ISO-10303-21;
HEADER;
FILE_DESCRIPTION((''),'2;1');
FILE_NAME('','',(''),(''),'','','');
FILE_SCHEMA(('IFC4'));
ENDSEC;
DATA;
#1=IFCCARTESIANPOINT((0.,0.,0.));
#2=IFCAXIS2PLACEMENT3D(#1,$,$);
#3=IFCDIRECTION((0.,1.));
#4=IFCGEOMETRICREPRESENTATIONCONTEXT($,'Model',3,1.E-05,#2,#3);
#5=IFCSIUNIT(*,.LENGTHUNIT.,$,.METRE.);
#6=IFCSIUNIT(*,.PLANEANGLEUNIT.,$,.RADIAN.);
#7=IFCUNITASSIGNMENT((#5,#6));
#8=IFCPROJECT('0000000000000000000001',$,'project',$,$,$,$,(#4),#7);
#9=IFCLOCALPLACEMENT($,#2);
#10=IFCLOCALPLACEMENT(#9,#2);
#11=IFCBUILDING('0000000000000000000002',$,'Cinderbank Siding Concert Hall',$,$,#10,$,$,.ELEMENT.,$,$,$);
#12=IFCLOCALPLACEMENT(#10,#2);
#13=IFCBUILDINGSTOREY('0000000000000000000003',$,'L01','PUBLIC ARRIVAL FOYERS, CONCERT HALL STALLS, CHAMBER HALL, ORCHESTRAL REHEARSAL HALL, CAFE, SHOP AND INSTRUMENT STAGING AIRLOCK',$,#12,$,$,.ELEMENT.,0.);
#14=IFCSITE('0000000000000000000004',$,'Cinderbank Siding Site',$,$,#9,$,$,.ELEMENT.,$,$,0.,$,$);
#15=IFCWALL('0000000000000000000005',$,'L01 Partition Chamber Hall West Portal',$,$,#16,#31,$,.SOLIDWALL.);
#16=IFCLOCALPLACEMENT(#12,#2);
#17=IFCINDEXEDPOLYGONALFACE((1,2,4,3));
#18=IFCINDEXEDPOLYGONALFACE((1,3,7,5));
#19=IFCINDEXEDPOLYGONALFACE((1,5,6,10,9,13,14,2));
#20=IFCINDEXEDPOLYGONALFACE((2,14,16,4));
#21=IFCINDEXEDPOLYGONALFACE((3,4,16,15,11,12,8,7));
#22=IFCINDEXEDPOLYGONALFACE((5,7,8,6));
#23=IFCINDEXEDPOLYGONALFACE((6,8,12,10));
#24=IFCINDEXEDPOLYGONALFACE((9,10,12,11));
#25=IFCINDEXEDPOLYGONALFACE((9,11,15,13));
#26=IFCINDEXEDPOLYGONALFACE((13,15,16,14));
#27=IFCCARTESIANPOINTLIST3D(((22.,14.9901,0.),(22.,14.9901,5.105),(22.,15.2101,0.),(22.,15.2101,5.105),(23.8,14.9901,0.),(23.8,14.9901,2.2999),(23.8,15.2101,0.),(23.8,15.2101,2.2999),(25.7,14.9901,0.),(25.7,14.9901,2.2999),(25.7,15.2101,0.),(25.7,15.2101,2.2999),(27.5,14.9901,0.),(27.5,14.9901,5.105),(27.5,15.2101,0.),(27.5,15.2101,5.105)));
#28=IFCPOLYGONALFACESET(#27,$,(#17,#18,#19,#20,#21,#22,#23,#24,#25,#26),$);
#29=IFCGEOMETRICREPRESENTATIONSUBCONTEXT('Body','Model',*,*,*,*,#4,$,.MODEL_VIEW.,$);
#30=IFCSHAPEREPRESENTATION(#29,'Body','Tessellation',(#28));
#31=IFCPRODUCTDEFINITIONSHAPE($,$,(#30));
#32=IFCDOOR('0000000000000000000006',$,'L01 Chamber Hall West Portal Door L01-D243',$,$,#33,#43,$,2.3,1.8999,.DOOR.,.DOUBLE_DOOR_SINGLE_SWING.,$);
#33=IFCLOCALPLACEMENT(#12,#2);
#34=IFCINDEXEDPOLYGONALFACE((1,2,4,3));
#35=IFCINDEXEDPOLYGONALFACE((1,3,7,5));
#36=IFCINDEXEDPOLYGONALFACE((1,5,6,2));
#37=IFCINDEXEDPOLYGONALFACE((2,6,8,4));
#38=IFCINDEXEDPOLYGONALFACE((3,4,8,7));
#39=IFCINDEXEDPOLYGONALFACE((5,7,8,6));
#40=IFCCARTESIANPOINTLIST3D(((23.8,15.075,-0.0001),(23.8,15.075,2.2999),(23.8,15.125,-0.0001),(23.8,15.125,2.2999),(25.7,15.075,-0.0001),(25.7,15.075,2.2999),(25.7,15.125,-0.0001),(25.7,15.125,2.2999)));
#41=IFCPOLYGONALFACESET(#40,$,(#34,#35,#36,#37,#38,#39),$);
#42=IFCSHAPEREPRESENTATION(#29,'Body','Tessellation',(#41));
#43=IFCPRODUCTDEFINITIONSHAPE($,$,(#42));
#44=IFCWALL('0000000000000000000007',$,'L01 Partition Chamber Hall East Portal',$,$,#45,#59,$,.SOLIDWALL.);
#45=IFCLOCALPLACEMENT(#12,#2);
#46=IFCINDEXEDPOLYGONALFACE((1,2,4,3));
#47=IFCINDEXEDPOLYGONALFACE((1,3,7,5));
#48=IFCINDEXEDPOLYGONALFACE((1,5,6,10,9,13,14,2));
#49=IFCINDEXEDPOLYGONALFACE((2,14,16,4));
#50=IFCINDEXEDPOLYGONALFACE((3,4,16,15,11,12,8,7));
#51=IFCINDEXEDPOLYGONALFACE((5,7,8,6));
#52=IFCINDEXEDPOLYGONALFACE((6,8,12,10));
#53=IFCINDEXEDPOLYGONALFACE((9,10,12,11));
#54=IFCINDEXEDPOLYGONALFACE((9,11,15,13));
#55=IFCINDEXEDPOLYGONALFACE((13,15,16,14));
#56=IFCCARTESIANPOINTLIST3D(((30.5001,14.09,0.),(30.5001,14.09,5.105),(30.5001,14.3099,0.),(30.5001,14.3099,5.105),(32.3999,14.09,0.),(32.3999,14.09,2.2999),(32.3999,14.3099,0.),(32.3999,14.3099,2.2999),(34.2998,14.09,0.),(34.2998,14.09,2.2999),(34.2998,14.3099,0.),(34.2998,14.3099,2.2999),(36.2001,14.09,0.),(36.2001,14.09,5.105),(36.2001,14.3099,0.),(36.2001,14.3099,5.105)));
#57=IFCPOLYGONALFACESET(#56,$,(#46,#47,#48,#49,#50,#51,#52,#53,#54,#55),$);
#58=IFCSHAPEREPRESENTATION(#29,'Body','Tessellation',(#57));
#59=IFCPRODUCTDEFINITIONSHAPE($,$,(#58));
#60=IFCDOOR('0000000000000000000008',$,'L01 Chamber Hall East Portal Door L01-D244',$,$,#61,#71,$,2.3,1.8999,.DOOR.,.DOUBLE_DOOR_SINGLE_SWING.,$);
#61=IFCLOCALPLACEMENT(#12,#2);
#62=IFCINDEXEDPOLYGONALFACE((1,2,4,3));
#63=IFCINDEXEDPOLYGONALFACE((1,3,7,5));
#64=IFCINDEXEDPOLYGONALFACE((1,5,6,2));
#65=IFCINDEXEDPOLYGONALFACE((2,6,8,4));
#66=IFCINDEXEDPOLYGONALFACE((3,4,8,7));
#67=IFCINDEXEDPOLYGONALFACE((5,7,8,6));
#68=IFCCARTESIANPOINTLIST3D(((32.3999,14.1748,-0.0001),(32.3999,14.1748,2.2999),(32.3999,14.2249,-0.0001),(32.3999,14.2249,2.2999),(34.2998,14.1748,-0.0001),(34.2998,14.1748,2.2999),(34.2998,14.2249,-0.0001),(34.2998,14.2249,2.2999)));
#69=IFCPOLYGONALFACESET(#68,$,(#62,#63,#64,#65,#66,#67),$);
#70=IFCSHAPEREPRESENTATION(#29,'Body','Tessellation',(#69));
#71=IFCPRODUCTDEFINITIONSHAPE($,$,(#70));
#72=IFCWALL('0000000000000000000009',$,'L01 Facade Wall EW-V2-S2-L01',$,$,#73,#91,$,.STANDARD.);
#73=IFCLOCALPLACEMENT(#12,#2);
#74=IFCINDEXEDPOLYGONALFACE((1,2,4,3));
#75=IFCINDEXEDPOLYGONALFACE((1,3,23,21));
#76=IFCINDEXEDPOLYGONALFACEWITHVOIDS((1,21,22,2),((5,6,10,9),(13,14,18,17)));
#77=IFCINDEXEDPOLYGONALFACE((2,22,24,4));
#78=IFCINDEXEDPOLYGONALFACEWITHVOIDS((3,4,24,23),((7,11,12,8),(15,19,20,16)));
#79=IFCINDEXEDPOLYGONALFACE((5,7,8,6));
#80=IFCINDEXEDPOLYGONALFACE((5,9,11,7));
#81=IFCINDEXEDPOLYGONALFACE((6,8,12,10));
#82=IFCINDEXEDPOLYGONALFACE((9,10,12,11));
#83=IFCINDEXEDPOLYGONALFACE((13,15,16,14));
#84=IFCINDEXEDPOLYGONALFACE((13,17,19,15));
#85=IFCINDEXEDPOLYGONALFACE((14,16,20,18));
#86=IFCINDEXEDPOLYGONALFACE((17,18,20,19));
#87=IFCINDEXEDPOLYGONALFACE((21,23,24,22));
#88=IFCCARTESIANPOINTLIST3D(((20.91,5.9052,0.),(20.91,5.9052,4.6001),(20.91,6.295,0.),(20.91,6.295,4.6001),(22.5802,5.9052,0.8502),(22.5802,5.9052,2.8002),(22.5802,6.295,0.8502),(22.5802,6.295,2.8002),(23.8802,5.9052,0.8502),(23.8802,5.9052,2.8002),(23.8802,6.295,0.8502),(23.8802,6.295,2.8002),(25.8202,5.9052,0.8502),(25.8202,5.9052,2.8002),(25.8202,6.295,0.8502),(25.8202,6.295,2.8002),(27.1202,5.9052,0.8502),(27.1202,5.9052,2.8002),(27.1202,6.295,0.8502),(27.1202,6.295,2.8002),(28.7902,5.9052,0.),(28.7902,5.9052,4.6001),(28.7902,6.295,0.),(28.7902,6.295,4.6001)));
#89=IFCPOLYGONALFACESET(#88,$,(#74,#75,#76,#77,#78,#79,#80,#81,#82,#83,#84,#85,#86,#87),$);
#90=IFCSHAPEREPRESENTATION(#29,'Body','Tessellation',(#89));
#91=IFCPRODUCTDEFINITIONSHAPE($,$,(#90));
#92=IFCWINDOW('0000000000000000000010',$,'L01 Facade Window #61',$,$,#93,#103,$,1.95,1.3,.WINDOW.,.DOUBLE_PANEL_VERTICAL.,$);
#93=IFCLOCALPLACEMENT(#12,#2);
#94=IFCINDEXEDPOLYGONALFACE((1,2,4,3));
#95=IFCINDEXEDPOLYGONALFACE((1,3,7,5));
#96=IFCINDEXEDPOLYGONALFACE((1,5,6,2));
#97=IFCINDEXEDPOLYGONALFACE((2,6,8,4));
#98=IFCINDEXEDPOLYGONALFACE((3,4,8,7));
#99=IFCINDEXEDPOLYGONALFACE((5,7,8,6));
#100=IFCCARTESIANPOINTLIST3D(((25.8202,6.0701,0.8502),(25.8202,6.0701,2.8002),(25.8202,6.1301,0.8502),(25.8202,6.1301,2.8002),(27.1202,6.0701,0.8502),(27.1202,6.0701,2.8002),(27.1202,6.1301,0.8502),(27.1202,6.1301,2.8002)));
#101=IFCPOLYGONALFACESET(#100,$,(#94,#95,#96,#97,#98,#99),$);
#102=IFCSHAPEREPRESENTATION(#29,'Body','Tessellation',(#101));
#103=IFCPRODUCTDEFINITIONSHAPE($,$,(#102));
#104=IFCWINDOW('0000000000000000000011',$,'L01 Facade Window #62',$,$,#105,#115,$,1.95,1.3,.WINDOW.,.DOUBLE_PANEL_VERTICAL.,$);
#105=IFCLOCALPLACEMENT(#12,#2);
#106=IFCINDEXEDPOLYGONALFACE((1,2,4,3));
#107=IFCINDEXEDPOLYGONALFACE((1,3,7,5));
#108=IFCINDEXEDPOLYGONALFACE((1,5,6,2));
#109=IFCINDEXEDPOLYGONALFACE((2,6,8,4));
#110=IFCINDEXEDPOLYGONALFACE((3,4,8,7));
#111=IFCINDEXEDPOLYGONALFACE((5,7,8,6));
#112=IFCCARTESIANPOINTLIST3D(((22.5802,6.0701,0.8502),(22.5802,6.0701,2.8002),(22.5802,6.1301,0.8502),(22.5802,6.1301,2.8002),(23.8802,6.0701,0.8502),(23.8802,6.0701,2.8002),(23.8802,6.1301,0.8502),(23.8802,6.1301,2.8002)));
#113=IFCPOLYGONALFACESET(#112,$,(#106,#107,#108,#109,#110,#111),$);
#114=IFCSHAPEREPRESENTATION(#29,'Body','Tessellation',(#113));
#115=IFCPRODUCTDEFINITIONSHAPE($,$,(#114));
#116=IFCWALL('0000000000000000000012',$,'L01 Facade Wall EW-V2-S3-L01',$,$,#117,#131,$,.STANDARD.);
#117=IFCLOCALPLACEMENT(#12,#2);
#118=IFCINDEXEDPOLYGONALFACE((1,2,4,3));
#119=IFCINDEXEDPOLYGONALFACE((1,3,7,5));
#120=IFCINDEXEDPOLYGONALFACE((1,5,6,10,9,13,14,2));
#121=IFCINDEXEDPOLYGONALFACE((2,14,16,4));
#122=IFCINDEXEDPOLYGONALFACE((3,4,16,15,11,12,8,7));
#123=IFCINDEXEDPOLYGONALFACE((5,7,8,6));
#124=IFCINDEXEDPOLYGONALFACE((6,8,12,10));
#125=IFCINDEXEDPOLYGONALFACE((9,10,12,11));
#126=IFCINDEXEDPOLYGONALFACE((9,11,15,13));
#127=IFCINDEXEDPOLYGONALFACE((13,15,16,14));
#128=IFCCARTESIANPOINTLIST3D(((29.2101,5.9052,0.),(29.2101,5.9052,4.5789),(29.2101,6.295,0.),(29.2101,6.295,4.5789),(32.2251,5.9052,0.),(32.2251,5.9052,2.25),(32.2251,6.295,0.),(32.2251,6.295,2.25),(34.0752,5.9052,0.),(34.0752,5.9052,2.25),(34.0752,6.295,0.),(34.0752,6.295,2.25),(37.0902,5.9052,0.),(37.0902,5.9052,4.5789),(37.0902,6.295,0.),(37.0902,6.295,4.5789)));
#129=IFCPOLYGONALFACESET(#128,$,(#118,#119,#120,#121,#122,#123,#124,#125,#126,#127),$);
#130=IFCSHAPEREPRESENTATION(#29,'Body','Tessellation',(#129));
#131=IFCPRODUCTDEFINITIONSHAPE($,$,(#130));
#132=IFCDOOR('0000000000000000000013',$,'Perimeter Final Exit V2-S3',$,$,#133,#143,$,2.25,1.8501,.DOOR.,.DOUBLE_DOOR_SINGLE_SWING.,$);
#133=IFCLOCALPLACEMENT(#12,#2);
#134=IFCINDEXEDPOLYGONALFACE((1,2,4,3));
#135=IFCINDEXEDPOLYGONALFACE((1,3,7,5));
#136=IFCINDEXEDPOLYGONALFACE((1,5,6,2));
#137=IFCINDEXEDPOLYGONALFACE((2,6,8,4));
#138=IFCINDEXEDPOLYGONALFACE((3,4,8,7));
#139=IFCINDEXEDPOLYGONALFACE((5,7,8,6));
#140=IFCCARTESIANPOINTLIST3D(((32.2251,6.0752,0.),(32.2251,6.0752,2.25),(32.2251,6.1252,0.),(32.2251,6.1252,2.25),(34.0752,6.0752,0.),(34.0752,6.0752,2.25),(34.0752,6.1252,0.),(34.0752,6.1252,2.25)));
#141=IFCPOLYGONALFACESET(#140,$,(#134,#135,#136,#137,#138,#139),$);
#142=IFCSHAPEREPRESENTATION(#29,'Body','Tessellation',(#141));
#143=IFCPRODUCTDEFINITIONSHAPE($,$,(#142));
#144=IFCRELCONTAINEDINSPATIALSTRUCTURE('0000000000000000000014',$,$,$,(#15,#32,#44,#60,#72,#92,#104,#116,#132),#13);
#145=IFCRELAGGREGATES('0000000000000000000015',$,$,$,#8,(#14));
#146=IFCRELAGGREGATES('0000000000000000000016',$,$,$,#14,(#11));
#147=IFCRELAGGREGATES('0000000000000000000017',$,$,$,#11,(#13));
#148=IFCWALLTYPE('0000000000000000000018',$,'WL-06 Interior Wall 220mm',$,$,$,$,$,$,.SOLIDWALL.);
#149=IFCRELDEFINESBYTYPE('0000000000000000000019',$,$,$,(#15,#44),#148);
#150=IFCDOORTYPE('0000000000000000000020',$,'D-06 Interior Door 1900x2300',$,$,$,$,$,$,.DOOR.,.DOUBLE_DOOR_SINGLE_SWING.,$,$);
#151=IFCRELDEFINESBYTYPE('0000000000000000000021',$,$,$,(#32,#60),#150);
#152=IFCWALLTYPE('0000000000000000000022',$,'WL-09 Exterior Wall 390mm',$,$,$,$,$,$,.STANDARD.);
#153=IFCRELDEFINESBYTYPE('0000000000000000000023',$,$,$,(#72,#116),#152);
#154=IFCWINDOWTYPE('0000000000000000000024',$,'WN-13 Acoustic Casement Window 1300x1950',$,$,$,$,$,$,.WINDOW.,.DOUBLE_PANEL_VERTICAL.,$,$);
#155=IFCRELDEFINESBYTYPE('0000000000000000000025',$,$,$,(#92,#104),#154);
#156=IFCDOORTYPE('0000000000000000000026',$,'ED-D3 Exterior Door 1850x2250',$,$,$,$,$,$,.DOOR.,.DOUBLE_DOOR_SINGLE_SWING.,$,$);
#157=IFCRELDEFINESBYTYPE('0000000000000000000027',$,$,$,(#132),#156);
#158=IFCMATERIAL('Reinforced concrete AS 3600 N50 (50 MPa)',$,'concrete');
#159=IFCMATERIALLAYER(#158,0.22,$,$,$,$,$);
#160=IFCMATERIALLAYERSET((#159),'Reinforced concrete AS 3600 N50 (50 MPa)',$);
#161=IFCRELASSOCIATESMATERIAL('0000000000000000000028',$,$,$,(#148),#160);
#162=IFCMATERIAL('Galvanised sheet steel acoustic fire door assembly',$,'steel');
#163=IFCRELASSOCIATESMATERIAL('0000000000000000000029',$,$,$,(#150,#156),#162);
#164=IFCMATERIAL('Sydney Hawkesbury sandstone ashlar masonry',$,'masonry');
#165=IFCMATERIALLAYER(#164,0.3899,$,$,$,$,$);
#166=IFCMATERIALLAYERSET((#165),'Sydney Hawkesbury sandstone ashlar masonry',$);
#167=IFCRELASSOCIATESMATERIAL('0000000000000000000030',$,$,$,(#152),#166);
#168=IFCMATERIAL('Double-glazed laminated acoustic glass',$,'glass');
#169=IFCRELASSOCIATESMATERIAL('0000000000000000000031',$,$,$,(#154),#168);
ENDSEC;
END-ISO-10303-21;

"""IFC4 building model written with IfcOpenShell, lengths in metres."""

from ifc_helpers import new_model, si_unit, direction, frame, frame_2d, origin, place, context, subcontext, project, spatial, rectangle, extrude, material, layer, layer_set, type_object, element, fill, save


model = new_model("IFC4")

# Units and contexts
model_context = context("Model", 3, precision=1e-05, world=origin(), true_north=direction((0.0, 1.0)))
body_context = subcontext(model_context, "Body", "Model", "MODEL_VIEW")
ifc_project = project(units=[si_unit("LENGTHUNIT", "METRE"), si_unit("PLANEANGLEUNIT", "RADIAN")], contexts=[model_context])

# Site, building, storey
site_placement = place(None, origin())
site = spatial("IfcSite", under=ifc_project, at=site_placement, Name="Cinderbank Siding Site", CompositionType="ELEMENT", RefElevation=0.0)
building_placement = place(site_placement, origin())
building = spatial("IfcBuilding", under=site, at=building_placement, Name="Cinderbank Siding Concert Hall", CompositionType="ELEMENT")
storey_placement = place(building_placement, origin())
storey = spatial("IfcBuildingStorey", under=building, at=storey_placement, Name="L01", Description="PUBLIC ARRIVAL FOYERS, CONCERT HALL STALLS, CHAMBER HALL, ORCHESTRAL REHEARSAL HALL, CAFE, SHOP AND INSTRUMENT STAGING AIRLOCK", CompositionType="ELEMENT", Elevation=0.0)

# Shared definitions
ifc_material_1 = material(Name="Reinforced concrete AS 3600 N50 (50 MPa)", Category="concrete")

# Shared definitions
ifc_layer_1 = layer(ifc_material_1, 0.22)
ifc_layer_set_1 = layer_set([ifc_layer_1], Name="Reinforced concrete AS 3600 N50 (50 MPa)")
wall_type_1 = type_object("IfcWallType", Name="WL-06 Interior Wall 220mm", PredefinedType="SOLIDWALL", material=ifc_layer_set_1)

# Walls, openings, doors
wall_1_placement = place(storey_placement, frame((22.0, 15.1001, 0.0), z_axis=(0.0, 0.0, 1.0), x_axis=(1.0, 0.0, 0.0)))
wall_1 = element("IfcWall", 1, at=wall_1_placement, inside=storey, type_object=wall_type_1, Name="L01 Partition Chamber Hall West Portal", PredefinedType="SOLIDWALL", context=body_context, shape_type="SweptSolid", body=[
    extrude(rectangle(XDim=5.5, YDim=0.22, at=frame_2d((2.75, 0.0))), origin(), (0.0, 0.0, 1.0), 5.105),
])
opening_1_placement = place(wall_1_placement, frame((1.8, 0.0, 0.0)))
opening_1 = element("IfcOpeningElement", 2, at=opening_1_placement, cuts=wall_1, PredefinedType="OPENING", context=body_context, shape_type="SweptSolid", body=[
    extrude(rectangle(XDim=1.8999, YDim=2.3, at=frame_2d((0.95, 1.1499))), frame((0.0, 0.1221, 0.0), z_axis=(0.0, -1.0, 0.0), x_axis=(1.0, 0.0, 0.0)), (0.0, 0.0, 1.0), 0.2439),
])
ifc_material_2 = material(Name="Galvanised sheet steel acoustic fire door assembly", Category="steel")
door_type_1 = type_object("IfcDoorType", Name="D-06 Interior Door 1900x2300", OperationType="DOUBLE_DOOR_SINGLE_SWING", PredefinedType="DOOR", material=ifc_material_2)
door_1_placement = place(opening_1_placement, origin())
door_1 = element("IfcDoor", 3, at=door_1_placement, inside=storey, type_object=door_type_1, Name="L01 Chamber Hall West Portal Door L01-D243", OperationType="DOUBLE_DOOR_SINGLE_SWING", OverallHeight=2.3, OverallWidth=1.8999, PredefinedType="DOOR", context=body_context, shape_type="SweptSolid", body=[
    extrude(rectangle(XDim=1.8999, YDim=2.3, at=frame_2d((0.95, 1.1499))), frame((0.0, 0.0249, 0.0), z_axis=(0.0, -1.0, 0.0), x_axis=(1.0, 0.0, 0.0)), (0.0, 0.0, 1.0), 0.05),
])
fill(opening_1, door_1)
wall_2_placement = place(storey_placement, frame((30.5, 14.2, 0.0), z_axis=(0.0, 0.0, 1.0), x_axis=(1.0, 0.0, 0.0)))
wall_2 = element("IfcWall", 4, at=wall_2_placement, inside=storey, type_object=wall_type_1, Name="L01 Partition Chamber Hall East Portal", PredefinedType="SOLIDWALL", context=body_context, shape_type="SweptSolid", body=[
    extrude(rectangle(XDim=5.7, YDim=0.22, at=frame_2d((2.8501, 0.0))), origin(), (0.0, 0.0, 1.0), 5.105),
])
opening_2_placement = place(wall_2_placement, frame((1.8999, 0.0, 0.0)))
opening_2 = element("IfcOpeningElement", 5, at=opening_2_placement, cuts=wall_2, PredefinedType="OPENING", context=body_context, shape_type="SweptSolid", body=[
    extrude(rectangle(XDim=1.8999, YDim=2.3, at=frame_2d((0.95, 1.1499))), frame((0.0, 0.1221, 0.0), z_axis=(0.0, -1.0, 0.0), x_axis=(1.0, 0.0, 0.0)), (0.0, 0.0, 1.0), 0.2439),
])
door_2_placement = place(opening_2_placement, origin())
door_2 = element("IfcDoor", 6, at=door_2_placement, inside=storey, type_object=door_type_1, Name="L01 Chamber Hall East Portal Door L01-D244", OperationType="DOUBLE_DOOR_SINGLE_SWING", OverallHeight=2.3, OverallWidth=1.8999, PredefinedType="DOOR", context=body_context, shape_type="SweptSolid", body=[
    extrude(rectangle(XDim=1.8999, YDim=2.3, at=frame_2d((0.95, 1.1499))), frame((0.0, 0.0249, 0.0), z_axis=(0.0, -1.0, 0.0), x_axis=(1.0, 0.0, 0.0)), (0.0, 0.0, 1.0), 0.05),
])
fill(opening_2, door_2)

# Wall, openings, windows
ifc_material_3 = material(Name="Sydney Hawkesbury sandstone ashlar masonry", Category="masonry")
ifc_layer_2 = layer(ifc_material_3, 0.3899)
ifc_layer_set_2 = layer_set([ifc_layer_2], Name="Sydney Hawkesbury sandstone ashlar masonry")
wall_type_2 = type_object("IfcWallType", Name="WL-09 Exterior Wall 390mm", PredefinedType="STANDARD", material=ifc_layer_set_2)
wall_3_placement = place(storey_placement, frame((28.79, 6.1001, 0.0), z_axis=(0.0, 0.0, 1.0), x_axis=(-1.0, 0.0, 0.0)))
wall_3 = element("IfcWall", 7, at=wall_3_placement, inside=storey, type_object=wall_type_2, Name="L01 Facade Wall EW-V2-S2-L01", PredefinedType="STANDARD", context=body_context, shape_type="SweptSolid", body=[
    extrude(rectangle(XDim=7.8801, YDim=0.3899, at=frame_2d((3.9399, 0.0))), origin(), (0.0, 0.0, 1.0), 4.6001),
])
opening_3_placement = place(wall_3_placement, frame((1.6699, 0.0, 0.8501)))
opening_3 = element("IfcOpeningElement", 8, at=opening_3_placement, cuts=wall_3, PredefinedType="OPENING", context=body_context, shape_type="SweptSolid", body=[
    extrude(rectangle(XDim=1.3, YDim=1.95, at=frame_2d((0.6499, 0.9751))), frame((0.0, 0.207, 0.0), z_axis=(0.0, -1.0, 0.0), x_axis=(1.0, 0.0, 0.0)), (0.0, 0.0, 1.0), 0.4138),
])
opening_4_placement = place(wall_3_placement, frame((4.9099, 0.0, 0.8501)))
opening_4 = element("IfcOpeningElement", 9, at=opening_4_placement, cuts=wall_3, PredefinedType="OPENING", context=body_context, shape_type="SweptSolid", body=[
    extrude(rectangle(XDim=1.3, YDim=1.95, at=frame_2d((0.6499, 0.9751))), frame((0.0, 0.207, 0.0), z_axis=(0.0, -1.0, 0.0), x_axis=(1.0, 0.0, 0.0)), (0.0, 0.0, 1.0), 0.4138),
])
ifc_material_4 = material(Name="Double-glazed laminated acoustic glass", Category="glass")
window_type = type_object("IfcWindowType", Name="WN-13 Acoustic Casement Window 1300x1950", PartitioningType="DOUBLE_PANEL_VERTICAL", PredefinedType="WINDOW", material=ifc_material_4)
window_1_placement = place(opening_3_placement, origin())
window_1 = element("IfcWindow", 10, at=window_1_placement, inside=storey, type_object=window_type, Name="L01 Facade Window #61", OverallHeight=1.95, OverallWidth=1.3, PartitioningType="DOUBLE_PANEL_VERTICAL", PredefinedType="WINDOW", context=body_context, shape_type="SweptSolid", body=[
    extrude(rectangle(XDim=1.3, YDim=1.95, at=frame_2d((0.6499, 0.9751))), frame((0.0, 0.03, 0.0), z_axis=(0.0, -1.0, 0.0), x_axis=(1.0, 0.0, 0.0)), (0.0, 0.0, 1.0), 0.0601),
])
fill(opening_3, window_1)
window_2_placement = place(opening_4_placement, origin())
window_2 = element("IfcWindow", 11, at=window_2_placement, inside=storey, type_object=window_type, Name="L01 Facade Window #62", OverallHeight=1.95, OverallWidth=1.3, PartitioningType="DOUBLE_PANEL_VERTICAL", PredefinedType="WINDOW", context=body_context, shape_type="SweptSolid", body=[
    extrude(rectangle(XDim=1.3, YDim=1.95, at=frame_2d((0.6499, 0.9751))), frame((0.0, 0.03, 0.0), z_axis=(0.0, -1.0, 0.0), x_axis=(1.0, 0.0, 0.0)), (0.0, 0.0, 1.0), 0.0601),
])
fill(opening_4, window_2)

# Wall, opening, door
wall_4_placement = place(storey_placement, frame((37.0901, 6.1001, 0.0), z_axis=(0.0, 0.0, 1.0), x_axis=(-1.0, 0.0, 0.0)))
wall_4 = element("IfcWall", 12, at=wall_4_placement, inside=storey, type_object=wall_type_2, Name="L01 Facade Wall EW-V2-S3-L01", PredefinedType="STANDARD", context=body_context, shape_type="SweptSolid", body=[
    extrude(rectangle(XDim=7.8801, YDim=0.3899, at=frame_2d((3.9399, 0.0))), origin(), (0.0, 0.0, 1.0), 4.5789),
])
opening_5_placement = place(wall_4_placement, frame((3.0149, 0.0, 0.0)))
opening_5 = element("IfcOpeningElement", 13, at=opening_5_placement, cuts=wall_4, PredefinedType="OPENING", context=body_context, shape_type="SweptSolid", body=[
    extrude(rectangle(XDim=1.8501, YDim=2.25, at=frame_2d((0.925, 1.125))), frame((0.0, 0.207, 0.0), z_axis=(0.0, -1.0, 0.0), x_axis=(1.0, 0.0, 0.0)), (0.0, 0.0, 1.0), 0.4138),
])
door_type_2 = type_object("IfcDoorType", Name="ED-D3 Exterior Door 1850x2250", OperationType="DOUBLE_DOOR_SINGLE_SWING", PredefinedType="DOOR", material=ifc_material_2)
door_3_placement = place(opening_5_placement, origin())
door_3 = element("IfcDoor", 14, at=door_3_placement, inside=storey, type_object=door_type_2, Name="Perimeter Final Exit V2-S3", OperationType="DOUBLE_DOOR_SINGLE_SWING", OverallHeight=2.25, OverallWidth=1.8501, PredefinedType="DOOR", context=body_context, shape_type="SweptSolid", body=[
    extrude(rectangle(XDim=1.8501, YDim=2.25, at=frame_2d((0.925, 1.125))), frame((0.0, 0.0249, 0.0), z_axis=(0.0, -1.0, 0.0), x_axis=(1.0, 0.0, 0.0)), (0.0, 0.0, 1.0), 0.05),
])
fill(opening_5, door_3)

save(model, "model.ifc")
